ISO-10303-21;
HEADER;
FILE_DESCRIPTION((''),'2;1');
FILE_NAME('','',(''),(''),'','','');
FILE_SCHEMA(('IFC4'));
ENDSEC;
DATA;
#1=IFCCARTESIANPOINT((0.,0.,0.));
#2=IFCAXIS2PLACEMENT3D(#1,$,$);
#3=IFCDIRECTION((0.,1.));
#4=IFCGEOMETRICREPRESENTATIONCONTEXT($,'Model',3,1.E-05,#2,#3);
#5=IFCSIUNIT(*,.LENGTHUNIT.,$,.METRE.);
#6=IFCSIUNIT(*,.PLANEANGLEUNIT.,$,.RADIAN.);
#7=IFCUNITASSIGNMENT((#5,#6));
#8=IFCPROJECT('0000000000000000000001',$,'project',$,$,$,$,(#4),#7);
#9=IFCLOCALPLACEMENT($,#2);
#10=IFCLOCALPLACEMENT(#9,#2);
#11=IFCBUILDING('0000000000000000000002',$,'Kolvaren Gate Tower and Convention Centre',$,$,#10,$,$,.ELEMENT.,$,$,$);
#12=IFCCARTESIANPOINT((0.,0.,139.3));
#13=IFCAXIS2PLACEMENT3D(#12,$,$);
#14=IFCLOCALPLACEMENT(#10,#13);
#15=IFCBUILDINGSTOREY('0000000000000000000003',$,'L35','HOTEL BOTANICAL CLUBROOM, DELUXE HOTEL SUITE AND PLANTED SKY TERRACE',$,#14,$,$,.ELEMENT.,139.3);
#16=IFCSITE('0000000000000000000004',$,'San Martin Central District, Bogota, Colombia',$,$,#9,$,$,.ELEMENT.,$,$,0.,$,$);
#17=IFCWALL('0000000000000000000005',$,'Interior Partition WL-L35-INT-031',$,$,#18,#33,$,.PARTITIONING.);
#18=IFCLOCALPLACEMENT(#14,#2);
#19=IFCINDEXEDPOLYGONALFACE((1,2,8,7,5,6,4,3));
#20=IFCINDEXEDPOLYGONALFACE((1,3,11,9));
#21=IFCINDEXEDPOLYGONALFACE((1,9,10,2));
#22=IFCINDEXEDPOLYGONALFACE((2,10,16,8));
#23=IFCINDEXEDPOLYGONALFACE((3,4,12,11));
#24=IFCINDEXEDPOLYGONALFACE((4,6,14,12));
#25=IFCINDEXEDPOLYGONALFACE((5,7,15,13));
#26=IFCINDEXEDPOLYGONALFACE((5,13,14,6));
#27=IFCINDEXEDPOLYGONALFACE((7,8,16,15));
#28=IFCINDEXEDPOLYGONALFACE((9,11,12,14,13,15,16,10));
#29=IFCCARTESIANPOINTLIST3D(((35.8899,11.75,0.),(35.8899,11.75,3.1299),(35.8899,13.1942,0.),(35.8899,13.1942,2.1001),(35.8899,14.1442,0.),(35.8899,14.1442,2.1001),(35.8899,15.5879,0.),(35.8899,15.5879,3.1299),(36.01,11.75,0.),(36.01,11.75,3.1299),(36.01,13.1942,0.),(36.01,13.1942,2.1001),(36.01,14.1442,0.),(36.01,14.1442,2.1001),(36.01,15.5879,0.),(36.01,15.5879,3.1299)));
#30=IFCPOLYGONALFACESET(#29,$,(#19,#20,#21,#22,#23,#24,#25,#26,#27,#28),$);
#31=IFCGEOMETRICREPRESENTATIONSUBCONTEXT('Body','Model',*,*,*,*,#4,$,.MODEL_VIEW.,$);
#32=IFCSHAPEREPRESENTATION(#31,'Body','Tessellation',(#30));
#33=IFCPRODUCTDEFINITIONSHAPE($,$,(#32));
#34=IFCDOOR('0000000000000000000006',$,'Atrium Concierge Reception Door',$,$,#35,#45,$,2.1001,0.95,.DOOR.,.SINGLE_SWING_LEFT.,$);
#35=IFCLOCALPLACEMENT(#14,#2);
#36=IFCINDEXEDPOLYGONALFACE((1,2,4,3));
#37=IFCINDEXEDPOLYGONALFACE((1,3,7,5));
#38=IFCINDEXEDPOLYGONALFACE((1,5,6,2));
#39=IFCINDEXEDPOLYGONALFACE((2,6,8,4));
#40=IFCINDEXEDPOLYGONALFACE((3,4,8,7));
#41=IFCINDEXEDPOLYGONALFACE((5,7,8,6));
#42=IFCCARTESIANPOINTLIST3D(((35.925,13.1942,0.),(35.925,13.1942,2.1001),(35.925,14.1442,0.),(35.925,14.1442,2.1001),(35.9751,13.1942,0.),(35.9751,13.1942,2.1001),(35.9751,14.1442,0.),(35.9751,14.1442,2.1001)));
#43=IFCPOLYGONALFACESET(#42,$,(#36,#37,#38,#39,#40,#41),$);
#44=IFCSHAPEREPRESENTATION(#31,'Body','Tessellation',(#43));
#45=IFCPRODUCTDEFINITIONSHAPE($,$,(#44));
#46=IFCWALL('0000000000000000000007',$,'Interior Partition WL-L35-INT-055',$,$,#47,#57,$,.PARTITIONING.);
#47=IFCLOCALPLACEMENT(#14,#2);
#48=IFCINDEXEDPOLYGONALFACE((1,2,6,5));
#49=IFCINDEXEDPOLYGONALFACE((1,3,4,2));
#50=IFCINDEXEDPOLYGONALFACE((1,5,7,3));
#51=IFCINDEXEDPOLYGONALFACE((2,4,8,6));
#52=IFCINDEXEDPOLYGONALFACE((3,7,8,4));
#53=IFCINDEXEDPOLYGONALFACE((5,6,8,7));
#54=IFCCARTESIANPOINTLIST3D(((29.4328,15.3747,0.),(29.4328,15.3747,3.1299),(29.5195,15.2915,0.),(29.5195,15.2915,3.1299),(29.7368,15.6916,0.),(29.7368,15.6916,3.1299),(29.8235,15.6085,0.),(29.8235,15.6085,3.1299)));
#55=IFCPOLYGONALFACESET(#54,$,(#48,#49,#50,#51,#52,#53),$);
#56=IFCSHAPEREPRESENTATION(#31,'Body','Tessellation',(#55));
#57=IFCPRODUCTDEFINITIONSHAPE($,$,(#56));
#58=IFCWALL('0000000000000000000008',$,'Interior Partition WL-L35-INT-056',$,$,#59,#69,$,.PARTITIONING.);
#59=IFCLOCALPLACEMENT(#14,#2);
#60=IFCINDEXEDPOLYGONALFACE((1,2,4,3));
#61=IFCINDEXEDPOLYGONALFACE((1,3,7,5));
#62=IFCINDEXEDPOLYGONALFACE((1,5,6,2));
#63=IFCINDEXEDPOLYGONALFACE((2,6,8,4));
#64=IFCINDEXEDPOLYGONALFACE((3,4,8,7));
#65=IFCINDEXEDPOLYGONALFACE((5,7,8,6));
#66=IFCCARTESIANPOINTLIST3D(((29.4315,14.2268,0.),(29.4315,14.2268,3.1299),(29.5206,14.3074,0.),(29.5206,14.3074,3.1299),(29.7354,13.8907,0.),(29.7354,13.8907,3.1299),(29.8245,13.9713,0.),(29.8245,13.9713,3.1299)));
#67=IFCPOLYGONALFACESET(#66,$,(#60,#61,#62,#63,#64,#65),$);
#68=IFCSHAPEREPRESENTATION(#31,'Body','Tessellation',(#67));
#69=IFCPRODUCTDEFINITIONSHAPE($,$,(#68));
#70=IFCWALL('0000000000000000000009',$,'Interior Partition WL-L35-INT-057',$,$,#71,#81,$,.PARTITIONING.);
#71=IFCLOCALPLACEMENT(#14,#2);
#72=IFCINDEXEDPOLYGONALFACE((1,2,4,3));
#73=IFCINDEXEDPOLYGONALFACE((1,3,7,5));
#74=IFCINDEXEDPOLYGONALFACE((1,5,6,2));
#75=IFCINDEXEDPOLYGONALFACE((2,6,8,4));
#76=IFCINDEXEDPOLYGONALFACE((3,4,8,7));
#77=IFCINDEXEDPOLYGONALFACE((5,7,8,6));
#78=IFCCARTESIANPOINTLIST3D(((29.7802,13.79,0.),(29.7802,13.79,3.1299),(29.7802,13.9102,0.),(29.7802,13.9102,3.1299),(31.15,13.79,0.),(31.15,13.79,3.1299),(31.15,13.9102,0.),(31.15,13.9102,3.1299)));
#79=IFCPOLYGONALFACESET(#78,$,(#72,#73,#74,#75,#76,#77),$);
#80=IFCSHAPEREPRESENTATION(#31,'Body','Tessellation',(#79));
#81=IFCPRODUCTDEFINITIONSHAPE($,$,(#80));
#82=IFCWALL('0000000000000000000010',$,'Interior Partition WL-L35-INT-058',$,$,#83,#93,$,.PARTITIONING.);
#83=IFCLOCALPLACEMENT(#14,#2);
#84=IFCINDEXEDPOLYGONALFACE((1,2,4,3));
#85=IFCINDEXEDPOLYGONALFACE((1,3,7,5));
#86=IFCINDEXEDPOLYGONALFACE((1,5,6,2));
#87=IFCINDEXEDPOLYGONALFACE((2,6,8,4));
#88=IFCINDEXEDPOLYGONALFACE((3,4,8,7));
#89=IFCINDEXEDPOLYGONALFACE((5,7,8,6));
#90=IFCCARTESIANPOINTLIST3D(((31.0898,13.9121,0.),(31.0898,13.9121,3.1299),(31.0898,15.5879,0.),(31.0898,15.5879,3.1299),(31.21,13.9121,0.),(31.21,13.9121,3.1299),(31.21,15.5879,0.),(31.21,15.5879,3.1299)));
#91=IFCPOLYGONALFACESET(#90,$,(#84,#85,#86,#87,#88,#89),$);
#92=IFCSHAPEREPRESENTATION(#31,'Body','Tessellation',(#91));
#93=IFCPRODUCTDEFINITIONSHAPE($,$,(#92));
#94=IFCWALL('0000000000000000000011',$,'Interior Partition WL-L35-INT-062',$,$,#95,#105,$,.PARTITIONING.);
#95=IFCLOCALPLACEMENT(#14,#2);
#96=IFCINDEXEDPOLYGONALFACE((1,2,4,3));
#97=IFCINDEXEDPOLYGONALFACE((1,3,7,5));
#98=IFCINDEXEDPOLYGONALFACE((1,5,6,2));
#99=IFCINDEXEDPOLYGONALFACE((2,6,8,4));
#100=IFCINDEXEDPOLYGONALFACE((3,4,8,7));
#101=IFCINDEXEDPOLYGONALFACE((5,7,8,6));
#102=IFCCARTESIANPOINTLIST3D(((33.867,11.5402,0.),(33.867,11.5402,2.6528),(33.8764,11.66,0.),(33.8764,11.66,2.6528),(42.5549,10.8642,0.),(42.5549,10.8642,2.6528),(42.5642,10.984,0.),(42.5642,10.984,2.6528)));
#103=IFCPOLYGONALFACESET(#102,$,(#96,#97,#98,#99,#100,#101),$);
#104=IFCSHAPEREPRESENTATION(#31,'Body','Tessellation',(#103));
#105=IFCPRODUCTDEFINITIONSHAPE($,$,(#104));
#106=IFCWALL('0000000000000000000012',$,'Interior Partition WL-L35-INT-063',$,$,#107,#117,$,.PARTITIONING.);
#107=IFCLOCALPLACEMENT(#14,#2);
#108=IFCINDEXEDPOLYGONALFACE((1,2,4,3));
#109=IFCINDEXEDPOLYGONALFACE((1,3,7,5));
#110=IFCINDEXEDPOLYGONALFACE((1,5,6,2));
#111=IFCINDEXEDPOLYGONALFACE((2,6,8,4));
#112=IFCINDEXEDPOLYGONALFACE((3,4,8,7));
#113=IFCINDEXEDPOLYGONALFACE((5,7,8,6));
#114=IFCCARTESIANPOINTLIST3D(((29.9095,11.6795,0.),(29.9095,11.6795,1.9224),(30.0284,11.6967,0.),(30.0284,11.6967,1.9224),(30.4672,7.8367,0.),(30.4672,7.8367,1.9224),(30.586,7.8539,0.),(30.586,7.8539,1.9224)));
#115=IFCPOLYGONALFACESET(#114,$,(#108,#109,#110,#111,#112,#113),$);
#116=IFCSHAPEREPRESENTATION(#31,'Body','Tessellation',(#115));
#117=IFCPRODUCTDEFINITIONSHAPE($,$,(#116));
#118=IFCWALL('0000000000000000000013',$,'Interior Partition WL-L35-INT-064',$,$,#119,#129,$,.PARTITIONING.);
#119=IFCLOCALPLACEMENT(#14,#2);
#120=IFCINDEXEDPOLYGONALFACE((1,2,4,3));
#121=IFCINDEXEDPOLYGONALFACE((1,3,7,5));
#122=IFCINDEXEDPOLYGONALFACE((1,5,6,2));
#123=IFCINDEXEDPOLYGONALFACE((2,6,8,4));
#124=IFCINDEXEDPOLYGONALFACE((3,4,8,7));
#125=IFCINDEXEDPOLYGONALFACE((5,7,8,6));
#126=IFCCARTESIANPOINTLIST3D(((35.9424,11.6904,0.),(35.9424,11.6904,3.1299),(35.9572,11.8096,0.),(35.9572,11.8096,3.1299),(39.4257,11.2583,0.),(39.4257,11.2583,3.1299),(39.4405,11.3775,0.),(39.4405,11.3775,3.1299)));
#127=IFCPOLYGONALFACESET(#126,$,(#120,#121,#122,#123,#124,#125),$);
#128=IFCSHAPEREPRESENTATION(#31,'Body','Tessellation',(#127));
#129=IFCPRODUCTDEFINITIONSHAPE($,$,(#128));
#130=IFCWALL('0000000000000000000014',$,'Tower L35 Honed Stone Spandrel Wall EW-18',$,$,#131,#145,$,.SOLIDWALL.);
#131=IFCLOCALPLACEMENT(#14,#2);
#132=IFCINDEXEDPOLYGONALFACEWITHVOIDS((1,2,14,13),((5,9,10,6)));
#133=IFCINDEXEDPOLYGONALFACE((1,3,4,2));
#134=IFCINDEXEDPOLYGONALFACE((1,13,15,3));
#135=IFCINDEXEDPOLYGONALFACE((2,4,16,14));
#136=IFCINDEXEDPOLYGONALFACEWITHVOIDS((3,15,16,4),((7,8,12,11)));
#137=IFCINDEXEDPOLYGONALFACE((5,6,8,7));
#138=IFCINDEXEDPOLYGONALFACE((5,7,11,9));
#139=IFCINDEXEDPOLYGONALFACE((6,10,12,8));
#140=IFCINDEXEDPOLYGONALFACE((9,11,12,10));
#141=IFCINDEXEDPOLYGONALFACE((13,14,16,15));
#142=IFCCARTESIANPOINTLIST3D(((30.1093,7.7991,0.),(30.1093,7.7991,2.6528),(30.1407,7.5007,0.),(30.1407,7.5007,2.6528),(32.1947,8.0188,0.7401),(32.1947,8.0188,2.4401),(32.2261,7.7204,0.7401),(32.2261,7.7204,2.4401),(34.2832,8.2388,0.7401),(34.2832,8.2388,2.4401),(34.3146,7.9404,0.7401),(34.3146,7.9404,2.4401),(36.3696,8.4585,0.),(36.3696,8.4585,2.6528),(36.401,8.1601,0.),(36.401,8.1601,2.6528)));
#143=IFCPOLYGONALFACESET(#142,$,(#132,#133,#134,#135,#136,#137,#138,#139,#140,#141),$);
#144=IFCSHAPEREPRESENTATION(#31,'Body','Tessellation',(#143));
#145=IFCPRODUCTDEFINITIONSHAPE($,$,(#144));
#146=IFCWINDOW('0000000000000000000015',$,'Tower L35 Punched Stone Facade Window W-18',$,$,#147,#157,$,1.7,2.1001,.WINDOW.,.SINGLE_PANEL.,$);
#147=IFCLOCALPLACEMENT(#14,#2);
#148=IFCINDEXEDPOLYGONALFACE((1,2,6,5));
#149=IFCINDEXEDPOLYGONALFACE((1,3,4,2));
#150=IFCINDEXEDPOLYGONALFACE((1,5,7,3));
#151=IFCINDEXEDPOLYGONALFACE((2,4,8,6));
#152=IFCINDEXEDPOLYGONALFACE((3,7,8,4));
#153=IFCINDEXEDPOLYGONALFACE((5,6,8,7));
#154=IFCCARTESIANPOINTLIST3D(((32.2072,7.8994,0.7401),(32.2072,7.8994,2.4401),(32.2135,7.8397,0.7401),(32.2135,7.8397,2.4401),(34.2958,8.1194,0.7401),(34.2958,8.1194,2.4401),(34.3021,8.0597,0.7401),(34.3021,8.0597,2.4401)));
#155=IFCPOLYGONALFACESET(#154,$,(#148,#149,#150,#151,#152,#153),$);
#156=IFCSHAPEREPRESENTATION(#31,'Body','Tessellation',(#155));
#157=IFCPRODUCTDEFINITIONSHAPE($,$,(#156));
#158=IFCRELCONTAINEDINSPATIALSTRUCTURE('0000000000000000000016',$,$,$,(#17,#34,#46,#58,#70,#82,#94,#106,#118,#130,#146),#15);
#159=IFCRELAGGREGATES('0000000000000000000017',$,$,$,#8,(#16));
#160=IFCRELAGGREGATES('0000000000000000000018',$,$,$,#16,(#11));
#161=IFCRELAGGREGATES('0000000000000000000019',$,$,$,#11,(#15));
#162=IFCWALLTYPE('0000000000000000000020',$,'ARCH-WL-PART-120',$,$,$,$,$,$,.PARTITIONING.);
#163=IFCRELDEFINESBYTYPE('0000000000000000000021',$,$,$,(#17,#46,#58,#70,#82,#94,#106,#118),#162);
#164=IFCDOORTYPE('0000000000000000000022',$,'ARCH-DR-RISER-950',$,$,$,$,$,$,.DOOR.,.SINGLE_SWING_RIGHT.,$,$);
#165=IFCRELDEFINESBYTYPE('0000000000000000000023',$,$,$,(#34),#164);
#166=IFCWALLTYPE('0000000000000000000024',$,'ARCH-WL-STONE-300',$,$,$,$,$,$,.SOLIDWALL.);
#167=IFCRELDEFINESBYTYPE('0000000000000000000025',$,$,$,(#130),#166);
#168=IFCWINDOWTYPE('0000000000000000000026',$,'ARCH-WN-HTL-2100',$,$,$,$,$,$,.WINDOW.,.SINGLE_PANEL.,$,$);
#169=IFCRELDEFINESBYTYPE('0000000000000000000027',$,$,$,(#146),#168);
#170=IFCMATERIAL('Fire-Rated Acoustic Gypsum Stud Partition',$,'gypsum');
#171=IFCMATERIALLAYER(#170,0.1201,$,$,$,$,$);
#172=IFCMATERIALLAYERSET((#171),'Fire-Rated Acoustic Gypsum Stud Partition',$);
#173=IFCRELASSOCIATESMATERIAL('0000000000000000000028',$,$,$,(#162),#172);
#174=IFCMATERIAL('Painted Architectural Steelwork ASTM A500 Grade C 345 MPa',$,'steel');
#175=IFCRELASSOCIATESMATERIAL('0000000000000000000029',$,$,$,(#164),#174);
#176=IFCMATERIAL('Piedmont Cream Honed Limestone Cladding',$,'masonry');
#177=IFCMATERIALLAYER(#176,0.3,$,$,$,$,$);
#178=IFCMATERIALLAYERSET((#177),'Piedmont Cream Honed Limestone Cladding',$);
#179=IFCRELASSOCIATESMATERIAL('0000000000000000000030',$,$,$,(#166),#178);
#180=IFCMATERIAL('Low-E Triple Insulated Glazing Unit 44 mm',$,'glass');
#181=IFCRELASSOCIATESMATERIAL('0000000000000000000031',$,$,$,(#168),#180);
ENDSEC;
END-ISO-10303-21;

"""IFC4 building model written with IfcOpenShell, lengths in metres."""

from ifc_helpers import new_model, si_unit, direction, frame, frame_2d, origin, place, context, subcontext, project, spatial, rectangle, extrude, material, layer, layer_set, type_object, element, fill, save


model = new_model("IFC4")

# Units and contexts
model_context = context("Model", 3, precision=1e-05, world=origin(), true_north=direction((0.0, 1.0)))
body_context = subcontext(model_context, "Body", "Model", "MODEL_VIEW")
ifc_project = project(units=[si_unit("LENGTHUNIT", "METRE"), si_unit("PLANEANGLEUNIT", "RADIAN")], contexts=[model_context])

# Site, building, storey
site_placement = place(None, origin())
site = spatial("IfcSite", under=ifc_project, at=site_placement, Name="San Martin Central District, Bogota, Colombia", CompositionType="ELEMENT", RefElevation=0.0)
building_placement = place(site_placement, origin())
building = spatial("IfcBuilding", under=site, at=building_placement, Name="Kolvaren Gate Tower and Convention Centre", CompositionType="ELEMENT")
storey_placement = place(building_placement, frame((0.0, 0.0, 139.3)))
storey = spatial("IfcBuildingStorey", under=building, at=storey_placement, Name="L35", Description="HOTEL BOTANICAL CLUBROOM, DELUXE HOTEL SUITE AND PLANTED SKY TERRACE", CompositionType="ELEMENT", Elevation=139.3)

# Shared definitions
ifc_material_1 = material(Name="Fire-Rated Acoustic Gypsum Stud Partition", Category="gypsum")
ifc_layer_1 = layer(ifc_material_1, 0.1201)
ifc_layer_set_1 = layer_set([ifc_layer_1], Name="Fire-Rated Acoustic Gypsum Stud Partition")
wall_type_1 = type_object("IfcWallType", Name="ARCH-WL-PART-120", PredefinedType="PARTITIONING", material=ifc_layer_set_1)

# Wall, opening, door
wall_1_placement = place(storey_placement, frame((35.95, 11.75, 0.0), z_axis=(0.0, 0.0, 1.0), x_axis=(0.0, 1.0, 0.0)))
wall_1 = element("IfcWall", 1, at=wall_1_placement, inside=storey, type_object=wall_type_1, Name="Interior Partition WL-L35-INT-031", PredefinedType="PARTITIONING", context=body_context, shape_type="SweptSolid", body=[
    extrude(rectangle(XDim=3.8379, YDim=0.1201, at=frame_2d((1.9189, 0.0))), origin(), (0.0, 0.0, 1.0), 3.1299),
])
opening_1_placement = place(wall_1_placement, frame((1.4441, 0.0, 0.0)))
opening_1 = element("IfcOpeningElement", 2, at=opening_1_placement, cuts=wall_1, PredefinedType="OPENING", context=body_context, shape_type="SweptSolid", body=[
    extrude(rectangle(XDim=0.95, YDim=2.1001, at=frame_2d((0.4751, 1.05))), frame((0.0, 0.0701, 0.0), z_axis=(0.0, -1.0, 0.0), x_axis=(1.0, 0.0, 0.0)), (0.0, 0.0, 1.0), 0.1401),
])
ifc_material_2 = material(Name="Painted Architectural Steelwork ASTM A500 Grade C 345 MPa", Category="steel")
door_type = type_object("IfcDoorType", Name="ARCH-DR-RISER-950", OperationType="SINGLE_SWING_RIGHT", PredefinedType="DOOR", material=ifc_material_2)
door_placement = place(opening_1_placement, origin())
door = element("IfcDoor", 3, at=door_placement, inside=storey, type_object=door_type, Name="Atrium Concierge Reception Door", OperationType="SINGLE_SWING_LEFT", OverallHeight=2.1001, OverallWidth=0.95, PredefinedType="DOOR", context=body_context, shape_type="SweptSolid", body=[
    extrude(rectangle(XDim=0.95, YDim=2.1001, at=frame_2d((0.4751, 1.05))), frame((0.0, 0.0249, 0.0), z_axis=(0.0, -1.0, 0.0), x_axis=(1.0, 0.0, 0.0)), (0.0, 0.0, 1.0), 0.05),
])
fill(opening_1, door)

# Walls
wall_2_placement = place(storey_placement, frame((29.4761, 15.333, 0.0), z_axis=(0.0, 0.0, 1.0), x_axis=(0.692219, 0.721687, 0.0)))
element("IfcWall", 4, at=wall_2_placement, inside=storey, type_object=wall_type_1, Name="Interior Partition WL-L35-INT-055", PredefinedType="PARTITIONING", context=body_context, shape_type="SweptSolid", body=[
    extrude(rectangle(XDim=0.4392, YDim=0.1201, at=frame_2d((0.2197, 0.0))), origin(), (0.0, 0.0, 1.0), 3.1299),
])
wall_3_placement = place(storey_placement, frame((29.4761, 14.2671, 0.0), z_axis=(0.0, 0.0, 1.0), x_axis=(0.670659, -0.741765, 0.0)))
element("IfcWall", 5, at=wall_3_placement, inside=storey, type_object=wall_type_1, Name="Interior Partition WL-L35-INT-056", PredefinedType="PARTITIONING", context=body_context, shape_type="SweptSolid", body=[
    extrude(rectangle(XDim=0.4531, YDim=0.1201, at=frame_2d((0.2266, 0.0))), origin(), (0.0, 0.0, 1.0), 3.1299),
])
wall_4_placement = place(storey_placement, frame((29.78, 13.8501, 0.0), z_axis=(0.0, 0.0, 1.0), x_axis=(1.0, 0.0, 0.0)))
element("IfcWall", 6, at=wall_4_placement, inside=storey, type_object=wall_type_1, Name="Interior Partition WL-L35-INT-057", PredefinedType="PARTITIONING", context=body_context, shape_type="SweptSolid", body=[
    extrude(rectangle(XDim=1.3699, YDim=0.1201, at=frame_2d((0.6851, 0.0))), origin(), (0.0, 0.0, 1.0), 3.1299),
])
wall_5_placement = place(storey_placement, frame((31.1499, 13.9121, 0.0), z_axis=(0.0, 0.0, 1.0), x_axis=(0.0, 1.0, 0.0)))
element("IfcWall", 7, at=wall_5_placement, inside=storey, type_object=wall_type_1, Name="Interior Partition WL-L35-INT-058", PredefinedType="PARTITIONING", context=body_context, shape_type="SweptSolid", body=[
    extrude(rectangle(XDim=1.6758, YDim=0.1201, at=frame_2d((0.8379, 0.0))), origin(), (0.0, 0.0, 1.0), 3.1299),
])
wall_6_placement = place(storey_placement, frame((33.8718, 11.6001, 0.0), z_axis=(0.0, 0.0, 1.0), x_axis=(0.996986, -0.077579, 0.0)))
element("IfcWall", 8, at=wall_6_placement, inside=storey, type_object=wall_type_1, Name="Interior Partition WL-L35-INT-062", PredefinedType="PARTITIONING", context=body_context, shape_type="SweptSolid", body=[
    extrude(rectangle(XDim=8.7141, YDim=0.1201, at=frame_2d((4.3569, 0.0))), origin(), (0.0, 0.0, 1.0), 2.6528),
])
wall_7_placement = place(storey_placement, frame((29.969, 11.688, 0.0), z_axis=(0.0, 0.0, 1.0), x_axis=(0.143604, -0.989635, 0.0)))
element("IfcWall", 9, at=wall_7_placement, inside=storey, type_object=wall_type_1, Name="Interior Partition WL-L35-INT-063", PredefinedType="PARTITIONING", context=body_context, shape_type="SweptSolid", body=[
    extrude(rectangle(XDim=3.8831, YDim=0.1201, at=frame_2d((1.9414, 0.0))), origin(), (0.0, 0.0, 1.0), 1.9224),
])
wall_8_placement = place(storey_placement, frame((35.95, 11.75, 0.0), z_axis=(0.0, 0.0, 1.0), x_axis=(0.992393, -0.12311, 0.0)))
element("IfcWall", 10, at=wall_8_placement, inside=storey, type_object=wall_type_1, Name="Interior Partition WL-L35-INT-064", PredefinedType="PARTITIONING", context=body_context, shape_type="SweptSolid", body=[
    extrude(rectangle(XDim=3.51, YDim=0.1201, at=frame_2d((1.7549, 0.0))), origin(), (0.0, 0.0, 1.0), 3.1299),
])

# Wall, opening, window
ifc_material_3 = material(Name="Piedmont Cream Honed Limestone Cladding", Category="masonry")
ifc_layer_2 = layer(ifc_material_3, 0.3)
ifc_layer_set_2 = layer_set([ifc_layer_2], Name="Piedmont Cream Honed Limestone Cladding")
wall_type_2 = type_object("IfcWallType", Name="ARCH-WL-STONE-300", PredefinedType="SOLIDWALL", material=ifc_layer_set_2)
wall_9_placement = place(storey_placement, frame((30.125, 7.6499, 0.0), z_axis=(0.0, 0.0, 1.0), x_axis=(0.994498, 0.104755, 0.0)))
wall_9 = element("IfcWall", 11, at=wall_9_placement, inside=storey, type_object=wall_type_2, Name="Tower L35 Honed Stone Spandrel Wall EW-18", PredefinedType="SOLIDWALL", context=body_context, shape_type="SweptSolid", body=[
    extrude(rectangle(XDim=6.2949, YDim=0.3, at=frame_2d((3.1475, 0.0))), origin(), (0.0, 0.0, 1.0), 2.6528),
])
opening_2_placement = place(wall_9_placement, frame((2.0969, 0.0, 0.74)))
opening_2 = element("IfcOpeningElement", 12, at=opening_2_placement, cuts=wall_9, PredefinedType="OPENING", context=body_context, shape_type="SweptSolid", body=[
    extrude(rectangle(XDim=2.1001, YDim=1.7, at=frame_2d((1.05, 0.8501))), frame((0.0, 0.1599, 0.0), z_axis=(0.0, -1.0, 0.0), x_axis=(1.0, 0.0, 0.0)), (0.0, 0.0, 1.0), 0.3201),
])
ifc_material_4 = material(Name="Low-E Triple Insulated Glazing Unit 44 mm", Category="glass")
window_type = type_object("IfcWindowType", Name="ARCH-WN-HTL-2100", PartitioningType="SINGLE_PANEL", PredefinedType="WINDOW", material=ifc_material_4)
window_1_placement = place(opening_2_placement, origin())
window_1 = element("IfcWindow", 13, at=window_1_placement, inside=storey, type_object=window_type, Name="Tower L35 Punched Stone Facade Window W-18", OverallHeight=1.7, OverallWidth=2.1001, PartitioningType="SINGLE_PANEL", PredefinedType="WINDOW", context=body_context, shape_type="SweptSolid", body=[
    extrude(rectangle(XDim=2.1001, YDim=1.7, at=frame_2d((1.05, 0.8501))), frame((0.0, 0.03, 0.0), z_axis=(0.0, -1.0, 0.0), x_axis=(1.0, 0.0, 0.0)), (0.0, 0.0, 1.0), 0.0601),
])
fill(opening_2, window_1)

save(model, "model.ifc")
